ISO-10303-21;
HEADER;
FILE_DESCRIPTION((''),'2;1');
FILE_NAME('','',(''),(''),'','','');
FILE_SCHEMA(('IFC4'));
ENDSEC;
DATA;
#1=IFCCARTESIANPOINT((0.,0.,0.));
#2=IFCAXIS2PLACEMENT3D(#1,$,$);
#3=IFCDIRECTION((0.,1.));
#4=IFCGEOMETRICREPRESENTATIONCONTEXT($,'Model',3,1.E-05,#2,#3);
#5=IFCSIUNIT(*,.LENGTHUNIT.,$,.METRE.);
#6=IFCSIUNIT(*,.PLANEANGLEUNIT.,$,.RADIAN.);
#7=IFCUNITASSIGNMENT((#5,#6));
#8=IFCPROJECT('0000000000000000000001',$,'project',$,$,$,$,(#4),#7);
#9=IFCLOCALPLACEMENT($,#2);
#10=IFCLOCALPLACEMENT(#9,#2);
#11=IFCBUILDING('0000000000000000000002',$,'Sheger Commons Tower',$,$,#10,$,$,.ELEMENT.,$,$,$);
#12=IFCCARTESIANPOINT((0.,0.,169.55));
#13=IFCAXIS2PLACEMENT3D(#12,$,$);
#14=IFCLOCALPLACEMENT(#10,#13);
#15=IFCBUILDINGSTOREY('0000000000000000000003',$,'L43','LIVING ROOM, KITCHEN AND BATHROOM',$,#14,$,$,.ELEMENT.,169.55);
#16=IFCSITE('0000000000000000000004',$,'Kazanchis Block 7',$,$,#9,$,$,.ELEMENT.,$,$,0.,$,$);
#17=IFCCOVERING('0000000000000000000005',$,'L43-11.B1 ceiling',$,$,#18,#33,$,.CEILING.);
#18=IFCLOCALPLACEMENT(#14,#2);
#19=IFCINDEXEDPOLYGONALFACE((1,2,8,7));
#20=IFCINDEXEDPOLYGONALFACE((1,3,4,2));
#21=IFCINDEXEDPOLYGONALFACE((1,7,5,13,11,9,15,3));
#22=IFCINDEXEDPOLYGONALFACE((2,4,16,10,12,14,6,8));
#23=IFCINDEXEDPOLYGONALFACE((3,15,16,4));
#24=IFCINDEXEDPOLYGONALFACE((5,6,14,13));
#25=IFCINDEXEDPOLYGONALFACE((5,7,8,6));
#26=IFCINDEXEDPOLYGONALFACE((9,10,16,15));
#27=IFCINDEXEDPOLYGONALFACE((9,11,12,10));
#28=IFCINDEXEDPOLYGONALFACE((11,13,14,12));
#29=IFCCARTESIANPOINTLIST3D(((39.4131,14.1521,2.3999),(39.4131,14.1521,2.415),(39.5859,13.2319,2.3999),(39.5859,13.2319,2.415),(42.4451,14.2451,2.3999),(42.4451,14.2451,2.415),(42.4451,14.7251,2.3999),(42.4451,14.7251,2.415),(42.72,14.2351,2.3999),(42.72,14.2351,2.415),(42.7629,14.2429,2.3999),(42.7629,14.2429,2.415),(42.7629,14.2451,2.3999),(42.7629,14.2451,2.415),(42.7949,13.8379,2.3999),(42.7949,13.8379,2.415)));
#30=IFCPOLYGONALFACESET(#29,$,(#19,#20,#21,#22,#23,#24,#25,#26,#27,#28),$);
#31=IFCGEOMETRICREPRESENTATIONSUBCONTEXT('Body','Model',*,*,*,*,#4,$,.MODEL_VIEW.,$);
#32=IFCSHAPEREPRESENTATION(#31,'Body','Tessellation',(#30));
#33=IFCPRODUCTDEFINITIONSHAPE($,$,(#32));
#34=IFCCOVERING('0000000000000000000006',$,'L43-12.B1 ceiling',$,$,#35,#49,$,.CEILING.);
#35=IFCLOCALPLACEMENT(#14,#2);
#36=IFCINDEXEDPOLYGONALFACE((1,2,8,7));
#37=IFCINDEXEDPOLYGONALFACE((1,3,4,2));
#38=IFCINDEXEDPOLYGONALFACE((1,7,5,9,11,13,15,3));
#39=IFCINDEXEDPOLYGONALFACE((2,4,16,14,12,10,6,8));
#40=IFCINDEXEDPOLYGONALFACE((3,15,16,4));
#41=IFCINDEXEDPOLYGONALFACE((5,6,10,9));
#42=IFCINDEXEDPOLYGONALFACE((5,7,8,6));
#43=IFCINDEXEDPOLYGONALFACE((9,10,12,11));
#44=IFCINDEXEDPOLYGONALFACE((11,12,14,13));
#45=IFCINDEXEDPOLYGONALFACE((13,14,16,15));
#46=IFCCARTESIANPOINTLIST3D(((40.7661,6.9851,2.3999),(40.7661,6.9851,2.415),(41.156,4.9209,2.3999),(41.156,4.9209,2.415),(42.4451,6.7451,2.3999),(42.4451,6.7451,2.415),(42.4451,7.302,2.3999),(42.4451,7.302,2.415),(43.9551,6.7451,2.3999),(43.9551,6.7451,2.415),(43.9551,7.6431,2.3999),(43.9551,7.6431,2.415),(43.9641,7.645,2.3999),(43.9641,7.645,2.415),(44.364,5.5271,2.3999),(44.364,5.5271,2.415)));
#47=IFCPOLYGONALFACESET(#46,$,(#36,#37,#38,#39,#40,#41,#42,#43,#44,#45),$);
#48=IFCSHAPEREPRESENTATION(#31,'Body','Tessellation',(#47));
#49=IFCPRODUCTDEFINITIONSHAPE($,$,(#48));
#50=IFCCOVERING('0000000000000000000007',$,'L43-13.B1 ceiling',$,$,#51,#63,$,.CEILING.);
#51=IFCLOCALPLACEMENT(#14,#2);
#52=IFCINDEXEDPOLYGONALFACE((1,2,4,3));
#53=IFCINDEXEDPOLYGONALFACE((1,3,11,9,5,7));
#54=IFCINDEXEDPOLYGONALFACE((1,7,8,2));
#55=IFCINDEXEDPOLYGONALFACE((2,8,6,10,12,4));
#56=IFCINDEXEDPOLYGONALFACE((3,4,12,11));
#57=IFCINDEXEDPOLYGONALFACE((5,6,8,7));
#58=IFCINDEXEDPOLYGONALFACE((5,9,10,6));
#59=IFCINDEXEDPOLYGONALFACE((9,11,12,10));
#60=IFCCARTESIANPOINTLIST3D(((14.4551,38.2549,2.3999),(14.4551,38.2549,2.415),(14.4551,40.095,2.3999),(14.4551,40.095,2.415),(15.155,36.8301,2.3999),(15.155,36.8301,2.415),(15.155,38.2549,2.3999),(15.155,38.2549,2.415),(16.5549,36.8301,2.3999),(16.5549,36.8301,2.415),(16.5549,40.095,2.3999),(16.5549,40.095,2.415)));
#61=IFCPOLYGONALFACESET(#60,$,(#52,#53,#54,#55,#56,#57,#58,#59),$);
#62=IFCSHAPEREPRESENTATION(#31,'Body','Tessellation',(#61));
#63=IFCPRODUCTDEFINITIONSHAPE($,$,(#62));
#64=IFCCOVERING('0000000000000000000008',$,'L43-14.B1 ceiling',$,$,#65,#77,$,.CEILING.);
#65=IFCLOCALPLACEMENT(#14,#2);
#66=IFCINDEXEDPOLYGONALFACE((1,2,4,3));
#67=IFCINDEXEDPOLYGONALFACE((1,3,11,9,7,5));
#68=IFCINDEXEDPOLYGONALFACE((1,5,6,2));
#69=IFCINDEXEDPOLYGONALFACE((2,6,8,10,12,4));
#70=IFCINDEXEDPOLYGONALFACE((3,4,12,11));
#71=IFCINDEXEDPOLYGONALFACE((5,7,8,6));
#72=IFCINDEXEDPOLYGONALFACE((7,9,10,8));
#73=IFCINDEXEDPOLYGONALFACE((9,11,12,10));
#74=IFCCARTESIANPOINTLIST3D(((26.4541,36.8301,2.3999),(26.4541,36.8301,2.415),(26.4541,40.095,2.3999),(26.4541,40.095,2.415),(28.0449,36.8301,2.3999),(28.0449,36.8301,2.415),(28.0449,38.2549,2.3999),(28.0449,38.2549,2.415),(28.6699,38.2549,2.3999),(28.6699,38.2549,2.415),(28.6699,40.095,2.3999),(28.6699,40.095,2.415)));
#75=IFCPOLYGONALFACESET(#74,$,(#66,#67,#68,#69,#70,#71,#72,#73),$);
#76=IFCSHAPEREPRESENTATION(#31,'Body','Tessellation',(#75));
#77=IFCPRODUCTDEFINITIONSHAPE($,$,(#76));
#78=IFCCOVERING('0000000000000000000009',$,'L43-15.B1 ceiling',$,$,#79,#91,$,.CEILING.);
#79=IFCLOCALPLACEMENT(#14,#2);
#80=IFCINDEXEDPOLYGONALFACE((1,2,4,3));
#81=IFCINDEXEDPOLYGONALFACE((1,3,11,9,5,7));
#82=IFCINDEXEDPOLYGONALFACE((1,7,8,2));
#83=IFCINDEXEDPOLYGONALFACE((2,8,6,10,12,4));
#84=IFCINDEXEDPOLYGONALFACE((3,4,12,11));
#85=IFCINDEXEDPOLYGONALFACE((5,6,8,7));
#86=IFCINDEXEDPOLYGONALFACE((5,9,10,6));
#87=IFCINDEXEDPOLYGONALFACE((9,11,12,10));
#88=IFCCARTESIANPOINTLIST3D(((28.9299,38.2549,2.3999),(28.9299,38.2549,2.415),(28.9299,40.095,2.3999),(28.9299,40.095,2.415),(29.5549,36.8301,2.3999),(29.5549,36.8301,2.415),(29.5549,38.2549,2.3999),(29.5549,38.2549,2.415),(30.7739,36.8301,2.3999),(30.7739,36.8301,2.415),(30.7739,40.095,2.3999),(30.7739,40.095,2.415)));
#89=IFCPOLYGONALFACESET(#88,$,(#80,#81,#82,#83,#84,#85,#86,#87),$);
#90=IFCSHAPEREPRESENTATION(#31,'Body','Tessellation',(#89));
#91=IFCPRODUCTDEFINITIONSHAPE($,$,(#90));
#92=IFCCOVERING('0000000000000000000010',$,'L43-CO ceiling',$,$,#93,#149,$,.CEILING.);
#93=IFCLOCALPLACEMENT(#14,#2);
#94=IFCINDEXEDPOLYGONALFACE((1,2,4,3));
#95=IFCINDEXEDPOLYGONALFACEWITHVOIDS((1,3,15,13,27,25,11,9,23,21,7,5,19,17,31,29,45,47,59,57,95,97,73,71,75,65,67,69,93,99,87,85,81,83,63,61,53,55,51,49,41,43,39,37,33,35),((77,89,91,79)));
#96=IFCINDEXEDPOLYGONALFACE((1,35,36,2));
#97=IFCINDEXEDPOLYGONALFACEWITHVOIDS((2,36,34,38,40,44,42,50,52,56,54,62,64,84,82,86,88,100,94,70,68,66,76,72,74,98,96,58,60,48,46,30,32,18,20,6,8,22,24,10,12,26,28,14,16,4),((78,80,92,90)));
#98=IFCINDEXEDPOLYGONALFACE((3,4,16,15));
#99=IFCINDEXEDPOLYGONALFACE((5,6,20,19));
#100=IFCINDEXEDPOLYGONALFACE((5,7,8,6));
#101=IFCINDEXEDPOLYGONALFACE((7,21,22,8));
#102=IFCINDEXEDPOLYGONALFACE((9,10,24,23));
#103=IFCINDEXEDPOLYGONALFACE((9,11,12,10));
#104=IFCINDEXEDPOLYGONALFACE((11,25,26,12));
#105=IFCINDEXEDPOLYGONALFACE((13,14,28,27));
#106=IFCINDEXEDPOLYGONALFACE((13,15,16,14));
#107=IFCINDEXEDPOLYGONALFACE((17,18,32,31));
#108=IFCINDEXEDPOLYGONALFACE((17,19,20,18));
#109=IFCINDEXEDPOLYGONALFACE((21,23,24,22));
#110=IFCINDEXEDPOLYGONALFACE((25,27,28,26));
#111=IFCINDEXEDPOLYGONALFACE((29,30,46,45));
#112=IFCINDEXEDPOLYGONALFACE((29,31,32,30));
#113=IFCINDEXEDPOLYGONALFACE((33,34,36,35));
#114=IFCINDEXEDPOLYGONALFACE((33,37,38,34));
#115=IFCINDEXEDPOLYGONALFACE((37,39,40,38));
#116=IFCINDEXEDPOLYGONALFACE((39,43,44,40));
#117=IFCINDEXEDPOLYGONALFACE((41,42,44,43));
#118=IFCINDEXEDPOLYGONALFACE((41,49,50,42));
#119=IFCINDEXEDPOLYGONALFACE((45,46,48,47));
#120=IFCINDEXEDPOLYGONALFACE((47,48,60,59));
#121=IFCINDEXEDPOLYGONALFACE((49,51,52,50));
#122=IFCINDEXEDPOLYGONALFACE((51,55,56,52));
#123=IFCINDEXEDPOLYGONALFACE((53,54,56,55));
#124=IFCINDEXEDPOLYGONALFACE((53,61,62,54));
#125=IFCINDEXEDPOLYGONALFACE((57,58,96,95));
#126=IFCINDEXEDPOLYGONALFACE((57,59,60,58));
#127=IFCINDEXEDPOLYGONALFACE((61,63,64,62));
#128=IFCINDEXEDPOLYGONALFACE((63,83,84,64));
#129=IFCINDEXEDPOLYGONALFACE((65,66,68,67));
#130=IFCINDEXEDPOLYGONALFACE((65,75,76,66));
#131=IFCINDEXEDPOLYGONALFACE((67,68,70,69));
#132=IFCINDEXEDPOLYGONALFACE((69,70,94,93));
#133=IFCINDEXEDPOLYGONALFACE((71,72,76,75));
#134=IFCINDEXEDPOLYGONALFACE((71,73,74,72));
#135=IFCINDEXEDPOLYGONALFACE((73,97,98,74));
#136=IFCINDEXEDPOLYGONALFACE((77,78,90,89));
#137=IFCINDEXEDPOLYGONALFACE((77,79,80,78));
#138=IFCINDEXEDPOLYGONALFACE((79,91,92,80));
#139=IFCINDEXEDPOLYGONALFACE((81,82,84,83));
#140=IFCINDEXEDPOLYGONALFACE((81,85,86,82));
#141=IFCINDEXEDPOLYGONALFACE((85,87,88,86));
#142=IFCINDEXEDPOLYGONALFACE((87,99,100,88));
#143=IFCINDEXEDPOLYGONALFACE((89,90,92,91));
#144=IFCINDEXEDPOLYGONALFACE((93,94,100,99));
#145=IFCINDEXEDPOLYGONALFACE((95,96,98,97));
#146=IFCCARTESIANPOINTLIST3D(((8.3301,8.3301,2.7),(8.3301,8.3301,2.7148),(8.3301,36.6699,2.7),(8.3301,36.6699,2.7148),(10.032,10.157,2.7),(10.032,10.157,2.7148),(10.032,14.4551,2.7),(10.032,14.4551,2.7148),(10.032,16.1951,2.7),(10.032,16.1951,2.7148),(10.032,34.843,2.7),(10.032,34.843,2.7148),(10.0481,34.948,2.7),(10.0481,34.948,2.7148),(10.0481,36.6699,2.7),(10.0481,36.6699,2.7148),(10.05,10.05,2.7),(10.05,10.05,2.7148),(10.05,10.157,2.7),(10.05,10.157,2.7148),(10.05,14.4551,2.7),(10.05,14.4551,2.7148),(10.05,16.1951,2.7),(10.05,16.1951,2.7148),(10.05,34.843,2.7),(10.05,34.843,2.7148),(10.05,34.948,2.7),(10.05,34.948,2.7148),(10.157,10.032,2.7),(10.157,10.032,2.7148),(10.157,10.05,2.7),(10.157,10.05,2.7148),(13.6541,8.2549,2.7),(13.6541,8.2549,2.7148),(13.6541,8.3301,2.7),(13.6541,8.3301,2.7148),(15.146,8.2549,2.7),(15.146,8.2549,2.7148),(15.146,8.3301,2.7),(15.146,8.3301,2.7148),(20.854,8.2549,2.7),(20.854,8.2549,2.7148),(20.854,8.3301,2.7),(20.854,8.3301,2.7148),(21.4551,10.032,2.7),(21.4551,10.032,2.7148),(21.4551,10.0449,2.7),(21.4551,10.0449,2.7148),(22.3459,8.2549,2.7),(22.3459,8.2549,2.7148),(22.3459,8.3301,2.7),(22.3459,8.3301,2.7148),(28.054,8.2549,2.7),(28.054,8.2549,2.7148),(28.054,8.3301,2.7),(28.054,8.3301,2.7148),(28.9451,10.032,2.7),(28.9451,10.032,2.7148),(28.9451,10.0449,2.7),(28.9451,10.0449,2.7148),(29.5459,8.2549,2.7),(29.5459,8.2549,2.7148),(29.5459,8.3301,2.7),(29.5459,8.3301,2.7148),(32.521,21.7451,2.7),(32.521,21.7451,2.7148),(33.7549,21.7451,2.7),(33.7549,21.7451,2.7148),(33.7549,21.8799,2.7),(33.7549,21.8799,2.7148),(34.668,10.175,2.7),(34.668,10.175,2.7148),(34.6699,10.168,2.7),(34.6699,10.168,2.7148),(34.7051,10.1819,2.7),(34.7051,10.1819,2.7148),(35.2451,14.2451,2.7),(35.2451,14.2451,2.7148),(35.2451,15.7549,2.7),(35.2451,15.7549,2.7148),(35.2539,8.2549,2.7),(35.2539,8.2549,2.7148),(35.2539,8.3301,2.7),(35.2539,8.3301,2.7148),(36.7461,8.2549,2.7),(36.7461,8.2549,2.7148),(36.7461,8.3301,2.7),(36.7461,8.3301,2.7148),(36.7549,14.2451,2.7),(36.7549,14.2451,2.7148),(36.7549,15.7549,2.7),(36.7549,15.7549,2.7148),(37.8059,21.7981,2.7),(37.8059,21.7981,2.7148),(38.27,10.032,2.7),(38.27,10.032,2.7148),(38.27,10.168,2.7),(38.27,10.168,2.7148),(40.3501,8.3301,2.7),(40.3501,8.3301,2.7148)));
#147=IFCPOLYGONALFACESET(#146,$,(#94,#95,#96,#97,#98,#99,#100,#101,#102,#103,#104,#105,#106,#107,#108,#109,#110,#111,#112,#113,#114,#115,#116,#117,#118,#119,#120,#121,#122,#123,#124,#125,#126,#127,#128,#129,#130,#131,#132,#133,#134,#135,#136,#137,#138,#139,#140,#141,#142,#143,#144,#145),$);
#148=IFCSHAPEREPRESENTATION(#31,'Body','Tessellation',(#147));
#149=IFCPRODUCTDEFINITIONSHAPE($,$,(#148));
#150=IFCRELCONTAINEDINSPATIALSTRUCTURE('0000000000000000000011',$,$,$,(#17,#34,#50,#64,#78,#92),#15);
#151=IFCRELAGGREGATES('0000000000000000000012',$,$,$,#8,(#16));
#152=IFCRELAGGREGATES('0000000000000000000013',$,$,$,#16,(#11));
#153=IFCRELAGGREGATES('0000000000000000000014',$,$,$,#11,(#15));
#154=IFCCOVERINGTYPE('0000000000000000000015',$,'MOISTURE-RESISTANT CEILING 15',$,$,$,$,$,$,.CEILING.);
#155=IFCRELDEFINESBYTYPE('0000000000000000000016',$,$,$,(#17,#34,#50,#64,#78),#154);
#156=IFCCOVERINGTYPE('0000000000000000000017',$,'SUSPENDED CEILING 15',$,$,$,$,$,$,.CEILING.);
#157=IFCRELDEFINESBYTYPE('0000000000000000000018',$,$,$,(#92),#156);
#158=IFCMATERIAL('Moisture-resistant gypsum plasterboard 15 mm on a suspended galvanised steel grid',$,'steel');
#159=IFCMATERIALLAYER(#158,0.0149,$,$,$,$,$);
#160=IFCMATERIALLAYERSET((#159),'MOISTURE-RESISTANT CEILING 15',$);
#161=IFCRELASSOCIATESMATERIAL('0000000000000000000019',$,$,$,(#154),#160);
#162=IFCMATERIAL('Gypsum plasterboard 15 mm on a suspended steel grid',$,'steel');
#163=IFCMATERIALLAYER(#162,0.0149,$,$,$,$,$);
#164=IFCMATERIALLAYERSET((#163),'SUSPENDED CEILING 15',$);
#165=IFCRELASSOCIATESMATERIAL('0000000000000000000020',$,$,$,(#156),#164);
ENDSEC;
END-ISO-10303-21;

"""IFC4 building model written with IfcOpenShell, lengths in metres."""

from ifc_helpers import new_model, si_unit, direction, frame, origin, place, context, subcontext, project, spatial, polyline, outline, extrude, material, layer, layer_set, type_object, element, save


model = new_model("IFC4")

# Units and contexts
model_context = context("Model", 3, precision=1e-05, world=origin(), true_north=direction((0.0, 1.0)))
body_context = subcontext(model_context, "Body", "Model", "MODEL_VIEW")
ifc_project = project(units=[si_unit("LENGTHUNIT", "METRE"), si_unit("PLANEANGLEUNIT", "RADIAN")], contexts=[model_context])

# Site, building, storey
site_placement = place(None, origin())
site = spatial("IfcSite", under=ifc_project, at=site_placement, Name="Kazanchis Block 7", CompositionType="ELEMENT", RefElevation=0.0)
building_placement = place(site_placement, origin())
building = spatial("IfcBuilding", under=site, at=building_placement, Name="Sheger Commons Tower", CompositionType="ELEMENT")
storey_placement = place(building_placement, frame((0.0, 0.0, 169.55)))
storey = spatial("IfcBuildingStorey", under=building, at=storey_placement, Name="L43", Description="LIVING ROOM, KITCHEN AND BATHROOM", CompositionType="ELEMENT", Elevation=169.55)

# Coverings
ifc_material_1 = material(Name="Moisture-resistant gypsum plasterboard 15 mm on a suspended galvanised steel grid", Category="steel")
ifc_layer_1 = layer(ifc_material_1, 0.0149)
ifc_layer_set_1 = layer_set([ifc_layer_1], Name="MOISTURE-RESISTANT CEILING 15")
covering_type_1 = type_object("IfcCoveringType", Name="MOISTURE-RESISTANT CEILING 15", PredefinedType="CEILING", material=ifc_layer_set_1)
covering_1_placement = place(storey_placement, frame((0.0, 0.0, 2.3999)))
element("IfcCovering", 1, at=covering_1_placement, inside=storey, type_object=covering_type_1, Name="L43-11.B1 ceiling", PredefinedType="CEILING", context=body_context, shape_type="SweptSolid", body=[
    extrude(outline(polyline([(39.5859, 13.2319), (42.7949, 13.8379), (42.72, 14.2351), (42.7629, 14.2429), (42.7629, 14.2451), (42.4451, 14.2451), (42.4451, 14.7251), (39.4131, 14.1521), (39.5859, 13.2319)])), origin(), (0.0, 0.0, 1.0), 0.0151),
])
covering_2_placement = place(storey_placement, frame((0.0, 0.0, 2.3999)))
element("IfcCovering", 2, at=covering_2_placement, inside=storey, type_object=covering_type_1, Name="L43-12.B1 ceiling", PredefinedType="CEILING", context=body_context, shape_type="SweptSolid", body=[
    extrude(outline(polyline([(41.156, 4.9209), (44.364, 5.5271), (43.9641, 7.645), (43.9551, 7.6431), (43.9551, 6.7451), (42.4451, 6.7451), (42.4451, 7.302), (40.7661, 6.9851), (41.156, 4.9209)])), origin(), (0.0, 0.0, 1.0), 0.0151),
])
covering_3_placement = place(storey_placement, frame((0.0, 0.0, 2.3999)))
element("IfcCovering", 3, at=covering_3_placement, inside=storey, type_object=covering_type_1, Name="L43-13.B1 ceiling", PredefinedType="CEILING", context=body_context, shape_type="SweptSolid", body=[
    extrude(outline(polyline([(15.155, 36.8301), (16.5549, 36.8301), (16.5549, 40.095), (14.4551, 40.095), (14.4551, 38.2549), (15.155, 38.2549), (15.155, 36.8301)])), origin(), (0.0, 0.0, 1.0), 0.0151),
])
covering_4_placement = place(storey_placement, frame((0.0, 0.0, 2.3999)))
element("IfcCovering", 4, at=covering_4_placement, inside=storey, type_object=covering_type_1, Name="L43-14.B1 ceiling", PredefinedType="CEILING", context=body_context, shape_type="SweptSolid", body=[
    extrude(outline(polyline([(26.4541, 36.8301), (28.0449, 36.8301), (28.0449, 38.2549), (28.6699, 38.2549), (28.6699, 40.095), (26.4541, 40.095), (26.4541, 36.8301)])), origin(), (0.0, 0.0, 1.0), 0.0151),
])
covering_5_placement = place(storey_placement, frame((0.0, 0.0, 2.3999)))
element("IfcCovering", 5, at=covering_5_placement, inside=storey, type_object=covering_type_1, Name="L43-15.B1 ceiling", PredefinedType="CEILING", context=body_context, shape_type="SweptSolid", body=[
    extrude(outline(polyline([(29.5549, 36.8301), (30.7739, 36.8301), (30.7739, 40.095), (28.9299, 40.095), (28.9299, 38.2549), (29.5549, 38.2549), (29.5549, 36.8301)])), origin(), (0.0, 0.0, 1.0), 0.0151),
])
ifc_material_2 = material(Name="Gypsum plasterboard 15 mm on a suspended steel grid", Category="steel")
ifc_layer_2 = layer(ifc_material_2, 0.0149)
ifc_layer_set_2 = layer_set([ifc_layer_2], Name="SUSPENDED CEILING 15")
covering_type_2 = type_object("IfcCoveringType", Name="SUSPENDED CEILING 15", PredefinedType="CEILING", material=ifc_layer_set_2)
covering_6_placement = place(storey_placement, frame((0.0, 0.0, 2.7)))
element("IfcCovering", 6, at=covering_6_placement, inside=storey, type_object=covering_type_2, Name="L43-CO ceiling", PredefinedType="CEILING", context=body_context, shape_type="SweptSolid", body=[
    extrude(outline(polyline([(13.6541, 8.2549), (15.146, 8.2549), (15.146, 8.3301), (20.854, 8.3301), (20.854, 8.2549), (22.3459, 8.2549), (22.3459, 8.3301), (28.054, 8.3301), (28.054, 8.2549), (29.5459, 8.2549), (29.5459, 8.3301), (35.2539, 8.3301), (35.2539, 8.2549), (36.7461, 8.2549), (36.7461, 8.3301), (40.3501, 8.3301), (37.8059, 21.7981), (33.7549, 21.8799), (33.7549, 21.7451), (32.521, 21.7451), (34.7051, 10.1819), (34.668, 10.175), (34.6699, 10.168), (38.27, 10.168), (38.27, 10.032), (28.9451, 10.032), (28.9451, 10.0449), (21.4551, 10.0449), (21.4551, 10.032), (10.157, 10.032), (10.157, 10.05), (10.05, 10.05), (10.05, 10.157), (10.032, 10.157), (10.032, 14.4551), (10.05, 14.4551), (10.05, 16.1951), (10.032, 16.1951), (10.032, 34.843), (10.05, 34.843), (10.05, 34.948), (10.0481, 34.948), (10.0481, 36.6699), (8.3301, 36.6699), (8.3301, 8.3301), (13.6541, 8.3301), (13.6541, 8.2549)]), holes=[polyline([(36.7549, 15.7549), (36.7549, 14.2451), (35.2451, 14.2451), (35.2451, 15.7549), (36.7549, 15.7549)])]), origin(), (0.0, 0.0, 1.0), 0.0149),
])

save(model, "model.ifc")
